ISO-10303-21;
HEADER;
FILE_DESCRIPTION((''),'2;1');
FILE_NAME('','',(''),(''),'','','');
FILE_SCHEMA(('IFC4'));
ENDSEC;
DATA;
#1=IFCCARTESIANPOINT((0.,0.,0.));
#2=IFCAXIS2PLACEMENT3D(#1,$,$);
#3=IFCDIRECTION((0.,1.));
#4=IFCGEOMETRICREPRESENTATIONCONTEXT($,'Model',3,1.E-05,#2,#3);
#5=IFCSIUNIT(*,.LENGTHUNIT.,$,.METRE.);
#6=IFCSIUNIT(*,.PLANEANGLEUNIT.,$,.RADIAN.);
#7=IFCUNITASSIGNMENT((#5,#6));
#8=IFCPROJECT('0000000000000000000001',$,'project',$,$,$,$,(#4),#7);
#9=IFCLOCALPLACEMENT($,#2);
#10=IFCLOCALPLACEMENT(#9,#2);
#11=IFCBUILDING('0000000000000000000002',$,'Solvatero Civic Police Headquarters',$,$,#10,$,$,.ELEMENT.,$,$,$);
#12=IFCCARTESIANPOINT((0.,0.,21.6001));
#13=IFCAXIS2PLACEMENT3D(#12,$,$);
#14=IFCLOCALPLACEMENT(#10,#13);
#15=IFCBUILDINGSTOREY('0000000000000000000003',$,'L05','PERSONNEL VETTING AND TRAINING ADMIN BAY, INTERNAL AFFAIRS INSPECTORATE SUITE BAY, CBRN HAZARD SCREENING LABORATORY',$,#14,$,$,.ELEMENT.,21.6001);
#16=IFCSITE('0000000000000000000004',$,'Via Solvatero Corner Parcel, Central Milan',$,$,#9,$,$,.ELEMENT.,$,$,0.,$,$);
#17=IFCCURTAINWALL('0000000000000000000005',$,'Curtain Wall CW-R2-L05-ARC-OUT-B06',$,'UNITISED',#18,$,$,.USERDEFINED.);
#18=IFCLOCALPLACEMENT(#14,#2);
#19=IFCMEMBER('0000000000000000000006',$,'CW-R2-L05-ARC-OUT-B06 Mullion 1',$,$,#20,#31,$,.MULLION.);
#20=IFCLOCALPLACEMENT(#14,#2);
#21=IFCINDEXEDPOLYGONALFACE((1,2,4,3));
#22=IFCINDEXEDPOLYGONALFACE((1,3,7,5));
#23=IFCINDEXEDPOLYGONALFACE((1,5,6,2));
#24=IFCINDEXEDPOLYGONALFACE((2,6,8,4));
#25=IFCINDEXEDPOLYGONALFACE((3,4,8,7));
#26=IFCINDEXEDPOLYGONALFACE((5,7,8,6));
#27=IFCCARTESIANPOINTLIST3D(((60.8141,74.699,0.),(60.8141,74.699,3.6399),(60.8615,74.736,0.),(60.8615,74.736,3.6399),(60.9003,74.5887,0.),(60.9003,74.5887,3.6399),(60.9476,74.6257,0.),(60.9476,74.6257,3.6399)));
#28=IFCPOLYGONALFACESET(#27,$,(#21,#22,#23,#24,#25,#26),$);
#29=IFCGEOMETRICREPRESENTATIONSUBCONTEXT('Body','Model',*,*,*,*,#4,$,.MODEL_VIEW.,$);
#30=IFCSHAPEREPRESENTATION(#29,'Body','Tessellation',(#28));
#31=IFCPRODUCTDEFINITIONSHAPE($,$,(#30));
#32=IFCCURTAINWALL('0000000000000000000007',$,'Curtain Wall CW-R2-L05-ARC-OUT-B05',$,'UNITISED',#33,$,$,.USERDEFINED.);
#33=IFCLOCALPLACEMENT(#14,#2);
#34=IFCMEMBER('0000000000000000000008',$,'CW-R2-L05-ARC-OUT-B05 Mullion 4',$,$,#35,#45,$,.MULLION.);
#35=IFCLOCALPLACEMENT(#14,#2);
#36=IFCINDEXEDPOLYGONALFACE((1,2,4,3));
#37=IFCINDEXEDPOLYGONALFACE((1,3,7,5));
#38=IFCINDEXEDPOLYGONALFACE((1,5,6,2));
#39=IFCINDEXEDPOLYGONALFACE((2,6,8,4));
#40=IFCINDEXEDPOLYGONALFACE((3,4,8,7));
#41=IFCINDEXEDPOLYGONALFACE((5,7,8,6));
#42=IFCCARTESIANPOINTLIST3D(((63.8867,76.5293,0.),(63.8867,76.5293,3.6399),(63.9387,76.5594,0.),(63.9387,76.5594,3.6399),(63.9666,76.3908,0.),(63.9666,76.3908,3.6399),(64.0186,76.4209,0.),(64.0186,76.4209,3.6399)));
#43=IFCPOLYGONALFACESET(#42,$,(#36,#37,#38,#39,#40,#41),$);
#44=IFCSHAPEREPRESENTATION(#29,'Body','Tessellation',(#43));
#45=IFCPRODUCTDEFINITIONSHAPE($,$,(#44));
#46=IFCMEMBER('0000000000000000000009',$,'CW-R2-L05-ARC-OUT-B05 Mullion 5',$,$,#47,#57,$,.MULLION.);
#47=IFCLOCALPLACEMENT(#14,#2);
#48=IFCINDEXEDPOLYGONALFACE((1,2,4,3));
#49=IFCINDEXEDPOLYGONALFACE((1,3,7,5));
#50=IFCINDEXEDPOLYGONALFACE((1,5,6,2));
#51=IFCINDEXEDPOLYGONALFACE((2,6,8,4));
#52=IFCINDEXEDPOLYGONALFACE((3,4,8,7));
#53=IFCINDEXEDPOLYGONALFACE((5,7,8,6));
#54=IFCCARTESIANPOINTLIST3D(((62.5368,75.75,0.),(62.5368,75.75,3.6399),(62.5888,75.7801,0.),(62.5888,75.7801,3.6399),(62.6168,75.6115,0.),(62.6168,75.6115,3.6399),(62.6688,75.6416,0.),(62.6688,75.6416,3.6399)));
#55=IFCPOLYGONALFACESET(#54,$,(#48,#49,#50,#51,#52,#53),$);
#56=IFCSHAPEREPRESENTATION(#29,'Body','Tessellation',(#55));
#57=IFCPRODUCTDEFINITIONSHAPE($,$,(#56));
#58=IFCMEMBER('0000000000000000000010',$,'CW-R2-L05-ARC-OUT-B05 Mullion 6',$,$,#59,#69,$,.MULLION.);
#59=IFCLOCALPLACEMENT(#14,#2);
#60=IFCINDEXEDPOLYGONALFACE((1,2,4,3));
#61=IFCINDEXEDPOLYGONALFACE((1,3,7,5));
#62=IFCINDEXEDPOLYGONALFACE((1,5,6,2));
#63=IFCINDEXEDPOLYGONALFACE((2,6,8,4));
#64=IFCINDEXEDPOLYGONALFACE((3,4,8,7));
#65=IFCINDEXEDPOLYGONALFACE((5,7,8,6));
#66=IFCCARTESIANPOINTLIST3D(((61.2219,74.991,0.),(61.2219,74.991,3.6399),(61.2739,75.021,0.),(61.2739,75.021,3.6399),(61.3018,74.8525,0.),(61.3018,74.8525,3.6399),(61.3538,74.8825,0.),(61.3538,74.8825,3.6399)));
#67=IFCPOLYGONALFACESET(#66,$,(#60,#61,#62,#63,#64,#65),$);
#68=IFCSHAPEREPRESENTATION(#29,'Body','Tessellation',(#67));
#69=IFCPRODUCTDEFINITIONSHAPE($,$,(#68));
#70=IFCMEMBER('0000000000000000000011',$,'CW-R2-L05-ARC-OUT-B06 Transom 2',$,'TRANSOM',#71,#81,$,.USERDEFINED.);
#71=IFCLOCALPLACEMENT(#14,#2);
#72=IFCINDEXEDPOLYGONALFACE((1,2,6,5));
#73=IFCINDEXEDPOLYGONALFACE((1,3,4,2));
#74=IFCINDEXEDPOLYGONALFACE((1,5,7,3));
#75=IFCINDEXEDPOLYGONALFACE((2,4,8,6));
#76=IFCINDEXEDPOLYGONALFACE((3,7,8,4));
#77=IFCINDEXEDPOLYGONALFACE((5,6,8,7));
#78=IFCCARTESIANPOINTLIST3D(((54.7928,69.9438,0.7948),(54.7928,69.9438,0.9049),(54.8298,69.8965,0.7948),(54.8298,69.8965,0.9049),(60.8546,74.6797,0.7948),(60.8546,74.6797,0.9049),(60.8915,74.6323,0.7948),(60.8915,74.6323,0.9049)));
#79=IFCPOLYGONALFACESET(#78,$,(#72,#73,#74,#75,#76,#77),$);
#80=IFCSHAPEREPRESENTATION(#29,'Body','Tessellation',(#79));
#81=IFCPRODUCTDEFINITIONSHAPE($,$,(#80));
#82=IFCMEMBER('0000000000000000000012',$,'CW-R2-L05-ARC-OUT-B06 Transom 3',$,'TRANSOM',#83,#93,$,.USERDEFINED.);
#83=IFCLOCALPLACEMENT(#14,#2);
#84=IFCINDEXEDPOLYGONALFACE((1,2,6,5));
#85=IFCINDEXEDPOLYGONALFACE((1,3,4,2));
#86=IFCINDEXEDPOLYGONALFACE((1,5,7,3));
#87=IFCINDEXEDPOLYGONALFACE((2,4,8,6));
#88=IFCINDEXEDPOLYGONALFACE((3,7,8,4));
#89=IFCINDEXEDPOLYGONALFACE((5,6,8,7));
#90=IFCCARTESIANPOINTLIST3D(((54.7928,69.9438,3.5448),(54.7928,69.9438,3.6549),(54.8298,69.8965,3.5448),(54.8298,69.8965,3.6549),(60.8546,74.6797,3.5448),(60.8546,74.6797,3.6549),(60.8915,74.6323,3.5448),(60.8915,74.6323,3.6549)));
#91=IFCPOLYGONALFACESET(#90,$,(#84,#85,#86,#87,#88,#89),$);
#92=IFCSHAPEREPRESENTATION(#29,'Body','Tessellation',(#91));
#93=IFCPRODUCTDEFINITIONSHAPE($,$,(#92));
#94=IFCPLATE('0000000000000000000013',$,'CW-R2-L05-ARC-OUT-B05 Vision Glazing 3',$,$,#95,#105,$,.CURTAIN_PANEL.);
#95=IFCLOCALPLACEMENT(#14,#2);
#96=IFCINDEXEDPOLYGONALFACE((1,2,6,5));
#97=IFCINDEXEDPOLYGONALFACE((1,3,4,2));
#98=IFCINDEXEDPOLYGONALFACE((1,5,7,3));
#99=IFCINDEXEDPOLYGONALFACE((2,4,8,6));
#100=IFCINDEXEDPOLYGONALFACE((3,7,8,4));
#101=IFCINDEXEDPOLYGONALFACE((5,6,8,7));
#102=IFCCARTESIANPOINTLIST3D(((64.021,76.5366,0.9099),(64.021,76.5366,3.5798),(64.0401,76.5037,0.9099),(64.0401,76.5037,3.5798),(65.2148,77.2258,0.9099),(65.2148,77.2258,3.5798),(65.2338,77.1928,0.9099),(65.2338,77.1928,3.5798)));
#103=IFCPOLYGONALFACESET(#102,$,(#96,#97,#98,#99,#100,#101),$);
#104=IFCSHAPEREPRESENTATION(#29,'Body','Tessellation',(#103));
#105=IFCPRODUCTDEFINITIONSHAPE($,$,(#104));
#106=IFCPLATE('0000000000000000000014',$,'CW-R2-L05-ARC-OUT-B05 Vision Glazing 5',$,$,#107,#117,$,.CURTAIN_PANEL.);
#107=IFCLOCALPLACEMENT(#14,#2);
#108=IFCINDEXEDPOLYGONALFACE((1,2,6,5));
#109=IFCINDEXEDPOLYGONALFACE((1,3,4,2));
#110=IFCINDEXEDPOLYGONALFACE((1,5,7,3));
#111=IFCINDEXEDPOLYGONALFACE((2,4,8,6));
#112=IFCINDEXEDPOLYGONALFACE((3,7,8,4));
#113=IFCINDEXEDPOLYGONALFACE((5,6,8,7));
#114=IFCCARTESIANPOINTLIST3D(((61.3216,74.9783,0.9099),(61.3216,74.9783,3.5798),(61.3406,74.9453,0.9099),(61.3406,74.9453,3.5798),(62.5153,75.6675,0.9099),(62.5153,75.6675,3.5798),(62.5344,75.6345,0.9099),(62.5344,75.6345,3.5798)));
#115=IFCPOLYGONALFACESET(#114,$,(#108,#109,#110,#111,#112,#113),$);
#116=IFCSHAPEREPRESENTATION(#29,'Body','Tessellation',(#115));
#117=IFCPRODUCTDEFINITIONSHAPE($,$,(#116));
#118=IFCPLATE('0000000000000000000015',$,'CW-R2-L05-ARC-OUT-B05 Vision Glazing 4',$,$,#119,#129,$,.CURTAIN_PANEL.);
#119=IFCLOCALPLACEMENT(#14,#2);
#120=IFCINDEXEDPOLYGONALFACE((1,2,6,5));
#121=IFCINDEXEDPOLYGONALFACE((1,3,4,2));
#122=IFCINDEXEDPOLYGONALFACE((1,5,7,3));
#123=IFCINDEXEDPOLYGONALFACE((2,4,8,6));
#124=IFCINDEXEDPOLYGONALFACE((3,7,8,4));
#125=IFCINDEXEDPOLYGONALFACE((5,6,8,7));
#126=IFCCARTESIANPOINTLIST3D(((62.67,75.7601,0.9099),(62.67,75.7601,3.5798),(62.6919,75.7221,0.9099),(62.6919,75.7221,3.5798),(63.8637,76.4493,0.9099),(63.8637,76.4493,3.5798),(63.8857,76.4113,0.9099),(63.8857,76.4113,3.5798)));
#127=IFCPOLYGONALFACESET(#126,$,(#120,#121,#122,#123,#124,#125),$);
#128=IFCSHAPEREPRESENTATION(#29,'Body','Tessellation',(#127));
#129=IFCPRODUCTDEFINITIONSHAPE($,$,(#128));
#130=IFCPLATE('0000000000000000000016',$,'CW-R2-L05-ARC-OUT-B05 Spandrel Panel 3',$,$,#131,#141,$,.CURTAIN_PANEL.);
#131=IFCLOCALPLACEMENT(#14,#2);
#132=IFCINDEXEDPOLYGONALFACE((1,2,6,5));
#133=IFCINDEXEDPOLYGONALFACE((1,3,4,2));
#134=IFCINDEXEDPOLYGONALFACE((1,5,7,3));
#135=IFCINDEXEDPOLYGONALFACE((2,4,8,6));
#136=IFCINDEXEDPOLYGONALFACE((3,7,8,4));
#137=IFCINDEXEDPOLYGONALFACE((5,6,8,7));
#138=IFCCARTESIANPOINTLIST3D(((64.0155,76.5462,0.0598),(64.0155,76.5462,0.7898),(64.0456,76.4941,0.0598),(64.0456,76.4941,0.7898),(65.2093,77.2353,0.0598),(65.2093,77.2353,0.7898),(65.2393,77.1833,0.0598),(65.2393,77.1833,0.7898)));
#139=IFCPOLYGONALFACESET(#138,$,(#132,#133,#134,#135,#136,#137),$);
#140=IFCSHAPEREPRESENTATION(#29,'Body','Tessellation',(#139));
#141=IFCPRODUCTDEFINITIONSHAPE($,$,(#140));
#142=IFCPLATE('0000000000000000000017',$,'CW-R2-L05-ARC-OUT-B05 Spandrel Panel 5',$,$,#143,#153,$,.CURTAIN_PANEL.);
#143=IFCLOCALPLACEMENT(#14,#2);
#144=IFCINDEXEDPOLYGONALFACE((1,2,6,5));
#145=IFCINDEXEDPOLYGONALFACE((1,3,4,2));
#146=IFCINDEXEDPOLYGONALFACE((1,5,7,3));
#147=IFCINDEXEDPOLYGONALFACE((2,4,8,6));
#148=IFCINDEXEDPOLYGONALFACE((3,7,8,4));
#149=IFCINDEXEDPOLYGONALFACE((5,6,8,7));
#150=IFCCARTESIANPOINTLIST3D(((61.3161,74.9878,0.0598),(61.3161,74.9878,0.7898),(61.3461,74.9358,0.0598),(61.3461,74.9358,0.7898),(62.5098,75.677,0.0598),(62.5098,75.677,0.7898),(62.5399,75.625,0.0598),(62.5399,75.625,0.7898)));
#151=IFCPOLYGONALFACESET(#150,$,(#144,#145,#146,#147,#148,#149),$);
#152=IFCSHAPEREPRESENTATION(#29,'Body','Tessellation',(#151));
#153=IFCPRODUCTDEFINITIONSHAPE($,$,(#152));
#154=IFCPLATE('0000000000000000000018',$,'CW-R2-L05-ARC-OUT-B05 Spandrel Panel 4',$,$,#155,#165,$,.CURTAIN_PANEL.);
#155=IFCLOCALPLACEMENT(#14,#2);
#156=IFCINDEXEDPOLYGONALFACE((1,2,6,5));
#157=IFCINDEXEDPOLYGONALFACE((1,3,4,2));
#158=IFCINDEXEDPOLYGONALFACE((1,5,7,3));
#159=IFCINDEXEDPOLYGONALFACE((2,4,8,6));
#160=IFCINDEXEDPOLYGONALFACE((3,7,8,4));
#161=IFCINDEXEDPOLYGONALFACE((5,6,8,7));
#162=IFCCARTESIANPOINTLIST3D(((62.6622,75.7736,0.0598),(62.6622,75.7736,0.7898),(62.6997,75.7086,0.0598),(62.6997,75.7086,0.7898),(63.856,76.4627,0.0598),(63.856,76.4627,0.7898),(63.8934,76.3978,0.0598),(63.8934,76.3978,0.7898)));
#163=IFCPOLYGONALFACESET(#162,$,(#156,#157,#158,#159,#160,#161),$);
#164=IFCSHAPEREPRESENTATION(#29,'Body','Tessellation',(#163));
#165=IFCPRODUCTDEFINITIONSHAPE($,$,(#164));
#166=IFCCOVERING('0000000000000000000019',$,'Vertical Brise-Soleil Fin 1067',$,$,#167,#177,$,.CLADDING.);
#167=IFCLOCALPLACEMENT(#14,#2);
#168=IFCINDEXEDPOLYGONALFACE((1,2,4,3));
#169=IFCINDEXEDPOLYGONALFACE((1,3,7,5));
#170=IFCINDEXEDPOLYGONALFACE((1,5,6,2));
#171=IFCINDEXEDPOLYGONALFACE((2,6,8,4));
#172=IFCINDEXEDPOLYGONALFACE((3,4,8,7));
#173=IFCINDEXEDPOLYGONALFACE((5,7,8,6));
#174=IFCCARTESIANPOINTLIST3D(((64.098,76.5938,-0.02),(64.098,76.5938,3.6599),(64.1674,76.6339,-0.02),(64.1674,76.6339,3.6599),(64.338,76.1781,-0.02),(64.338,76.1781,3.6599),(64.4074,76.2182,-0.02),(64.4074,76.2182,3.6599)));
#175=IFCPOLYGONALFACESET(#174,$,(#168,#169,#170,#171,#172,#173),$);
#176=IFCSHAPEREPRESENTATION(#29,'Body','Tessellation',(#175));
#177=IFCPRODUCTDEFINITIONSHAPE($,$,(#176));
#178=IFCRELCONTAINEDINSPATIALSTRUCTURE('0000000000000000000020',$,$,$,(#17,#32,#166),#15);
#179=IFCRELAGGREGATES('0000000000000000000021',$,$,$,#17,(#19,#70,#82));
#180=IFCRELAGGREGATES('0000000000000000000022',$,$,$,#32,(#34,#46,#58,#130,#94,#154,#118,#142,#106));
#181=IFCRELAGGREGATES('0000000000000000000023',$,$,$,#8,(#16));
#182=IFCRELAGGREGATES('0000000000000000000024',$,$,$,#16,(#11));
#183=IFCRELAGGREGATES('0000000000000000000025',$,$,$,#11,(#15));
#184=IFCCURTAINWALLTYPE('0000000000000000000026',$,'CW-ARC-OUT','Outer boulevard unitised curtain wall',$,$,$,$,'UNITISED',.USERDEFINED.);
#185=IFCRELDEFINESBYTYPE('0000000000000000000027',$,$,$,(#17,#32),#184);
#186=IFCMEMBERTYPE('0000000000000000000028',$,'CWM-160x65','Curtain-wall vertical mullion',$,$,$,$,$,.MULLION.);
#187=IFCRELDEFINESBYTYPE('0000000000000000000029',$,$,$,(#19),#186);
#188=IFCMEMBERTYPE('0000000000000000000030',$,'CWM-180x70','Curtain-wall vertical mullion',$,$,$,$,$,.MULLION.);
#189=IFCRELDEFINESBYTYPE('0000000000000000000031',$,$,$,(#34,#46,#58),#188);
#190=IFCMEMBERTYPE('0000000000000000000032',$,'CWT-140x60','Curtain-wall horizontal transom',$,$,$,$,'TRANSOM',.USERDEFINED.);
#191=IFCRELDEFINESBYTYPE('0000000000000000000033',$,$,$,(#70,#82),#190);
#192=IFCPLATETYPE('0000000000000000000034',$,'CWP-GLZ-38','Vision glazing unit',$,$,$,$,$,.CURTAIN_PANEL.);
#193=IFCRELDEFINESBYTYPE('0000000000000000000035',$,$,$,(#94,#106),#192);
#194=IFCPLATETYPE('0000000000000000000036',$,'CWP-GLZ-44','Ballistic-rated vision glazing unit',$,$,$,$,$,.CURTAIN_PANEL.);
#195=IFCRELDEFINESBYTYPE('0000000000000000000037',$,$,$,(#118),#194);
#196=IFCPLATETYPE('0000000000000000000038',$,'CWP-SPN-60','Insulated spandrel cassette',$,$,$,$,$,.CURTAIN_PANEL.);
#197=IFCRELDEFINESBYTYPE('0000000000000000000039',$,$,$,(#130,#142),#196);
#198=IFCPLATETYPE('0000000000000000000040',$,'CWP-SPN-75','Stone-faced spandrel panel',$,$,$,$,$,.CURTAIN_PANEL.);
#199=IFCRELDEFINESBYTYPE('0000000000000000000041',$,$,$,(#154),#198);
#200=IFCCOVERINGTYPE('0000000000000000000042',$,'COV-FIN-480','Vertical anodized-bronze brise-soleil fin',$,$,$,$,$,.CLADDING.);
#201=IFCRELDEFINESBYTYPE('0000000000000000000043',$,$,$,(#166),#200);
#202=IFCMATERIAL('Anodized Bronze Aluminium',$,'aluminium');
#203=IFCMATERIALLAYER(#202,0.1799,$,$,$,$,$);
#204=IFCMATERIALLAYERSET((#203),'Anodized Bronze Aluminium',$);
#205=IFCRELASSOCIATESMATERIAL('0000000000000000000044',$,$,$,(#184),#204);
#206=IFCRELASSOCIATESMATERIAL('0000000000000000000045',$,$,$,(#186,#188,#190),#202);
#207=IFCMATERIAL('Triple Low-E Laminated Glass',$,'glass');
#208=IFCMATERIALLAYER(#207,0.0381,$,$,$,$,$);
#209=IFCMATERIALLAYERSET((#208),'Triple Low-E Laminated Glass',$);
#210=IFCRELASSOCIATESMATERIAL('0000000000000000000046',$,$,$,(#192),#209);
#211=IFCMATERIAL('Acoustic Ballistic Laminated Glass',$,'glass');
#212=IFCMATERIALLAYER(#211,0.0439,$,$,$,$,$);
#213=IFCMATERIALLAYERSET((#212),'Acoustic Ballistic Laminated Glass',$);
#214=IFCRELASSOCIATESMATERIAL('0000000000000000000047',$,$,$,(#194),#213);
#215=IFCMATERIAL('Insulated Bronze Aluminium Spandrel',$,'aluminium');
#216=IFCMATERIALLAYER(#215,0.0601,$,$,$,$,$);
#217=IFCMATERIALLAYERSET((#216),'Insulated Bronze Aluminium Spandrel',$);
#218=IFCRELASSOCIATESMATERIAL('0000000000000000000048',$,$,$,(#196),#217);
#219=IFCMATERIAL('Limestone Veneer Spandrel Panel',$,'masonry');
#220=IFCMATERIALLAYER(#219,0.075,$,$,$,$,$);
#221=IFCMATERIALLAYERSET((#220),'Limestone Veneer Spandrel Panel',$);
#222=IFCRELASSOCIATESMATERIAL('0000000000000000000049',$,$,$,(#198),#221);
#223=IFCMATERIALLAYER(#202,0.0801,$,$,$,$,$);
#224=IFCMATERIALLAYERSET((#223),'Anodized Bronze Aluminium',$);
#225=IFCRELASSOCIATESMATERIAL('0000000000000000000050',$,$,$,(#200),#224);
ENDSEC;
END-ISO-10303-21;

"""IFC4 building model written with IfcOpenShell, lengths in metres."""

from ifc_helpers import new_model, si_unit, direction, frame, origin, origin_2d, place, context, subcontext, project, spatial, rectangle, extrude, material, layer, layer_set, material_profile, profile_set, type_object, element, aggregate, save


model = new_model("IFC4")

# Units and contexts
model_context = context("Model", 3, precision=1e-05, world=origin(), true_north=direction((0.0, 1.0)))
body_context = subcontext(model_context, "Body", "Model", "MODEL_VIEW")
ifc_project = project(units=[si_unit("LENGTHUNIT", "METRE"), si_unit("PLANEANGLEUNIT", "RADIAN")], contexts=[model_context])

# Site, building, storey
site_placement = place(None, origin())
site = spatial("IfcSite", under=ifc_project, at=site_placement, Name="Via Solvatero Corner Parcel, Central Milan", CompositionType="ELEMENT", RefElevation=0.0)
building_placement = place(site_placement, origin())
building = spatial("IfcBuilding", under=site, at=building_placement, Name="Solvatero Civic Police Headquarters", CompositionType="ELEMENT")
storey_placement = place(building_placement, frame((0.0, 0.0, 21.6001)))
storey = spatial("IfcBuildingStorey", under=building, at=storey_placement, Name="L05", Description="PERSONNEL VETTING AND TRAINING ADMIN BAY, INTERNAL AFFAIRS INSPECTORATE SUITE BAY, CBRN HAZARD SCREENING LABORATORY", CompositionType="ELEMENT", Elevation=21.6001)

# Curtain wall, member
ifc_material_1 = material(Name="Anodized Bronze Aluminium", Category="aluminium")
ifc_layer_1 = layer(ifc_material_1, 0.1799)
ifc_layer_set_1 = layer_set([ifc_layer_1], Name="Anodized Bronze Aluminium")
curtain_wall_type = type_object("IfcCurtainWallType", Name="CW-ARC-OUT", Description="Outer boulevard unitised curtain wall", ElementType="UNITISED", PredefinedType="USERDEFINED", material=ifc_layer_set_1)
curtain_wall_1_placement = place(storey_placement, origin())
curtain_wall_1 = element("IfcCurtainWall", 1, at=curtain_wall_1_placement, inside=storey, type_object=curtain_wall_type, Name="Curtain Wall CW-R2-L05-ARC-OUT-B06", ObjectType="UNITISED", PredefinedType="USERDEFINED")
ifc_material_profile_1 = material_profile(ifc_material_1, rectangle(XDim=0.0601, YDim=0.1399, at=origin_2d()), Name="ALU MULLION 60x140")
ifc_profile_set_1 = profile_set([ifc_material_profile_1], Name="Anodized Bronze Aluminium")
member_type_1 = type_object("IfcMemberType", Name="CWM-160x65", Description="Curtain-wall vertical mullion", PredefinedType="MULLION", material=ifc_profile_set_1)
member_1_placement = place(storey_placement, frame((60.8809, 74.6624, 0.0), z_axis=(0.0, 0.0, 1.0), x_axis=(-0.788011, -0.615661, 0.0)))
member_1 = element("IfcMember", 2, at=member_1_placement, type_object=member_type_1, Name="CW-R2-L05-ARC-OUT-B06 Mullion 1", PredefinedType="MULLION", context=body_context, shape_type="SweptSolid", body=[
    extrude(rectangle(XDim=0.0601, YDim=0.1399, at=origin_2d()), origin(), (0.0, 0.0, 1.0), 3.6399),
])

# Curtain wall, members
curtain_wall_2_placement = place(storey_placement, origin())
curtain_wall_2 = element("IfcCurtainWall", 3, at=curtain_wall_2_placement, inside=storey, type_object=curtain_wall_type, Name="Curtain Wall CW-R2-L05-ARC-OUT-B05", ObjectType="UNITISED", PredefinedType="USERDEFINED")
ifc_material_profile_2 = material_profile(ifc_material_1, rectangle(XDim=0.0601, YDim=0.1599, at=origin_2d()), Name="ALU MULLION 60x160")
ifc_profile_set_2 = profile_set([ifc_material_profile_2], Name="Anodized Bronze Aluminium")
member_type_2 = type_object("IfcMemberType", Name="CWM-180x70", Description="Curtain-wall vertical mullion", PredefinedType="MULLION", material=ifc_profile_set_2)
member_2_placement = place(storey_placement, frame((63.9526, 76.4751, 0.0), z_axis=(0.0, 0.0, 1.0), x_axis=(-0.866034, -0.499985, 0.0)))
member_2 = element("IfcMember", 4, at=member_2_placement, type_object=member_type_2, Name="CW-R2-L05-ARC-OUT-B05 Mullion 4", PredefinedType="MULLION", context=body_context, shape_type="SweptSolid", body=[
    extrude(rectangle(XDim=0.0601, YDim=0.1599, at=origin_2d()), origin(), (0.0, 0.0, 1.0), 3.6399),
])
member_3_placement = place(storey_placement, frame((62.6028, 75.6958, 0.0), z_axis=(0.0, 0.0, 1.0), x_axis=(-0.866034, -0.499985, 0.0)))
member_3 = element("IfcMember", 5, at=member_3_placement, type_object=member_type_2, Name="CW-R2-L05-ARC-OUT-B05 Mullion 5", PredefinedType="MULLION", context=body_context, shape_type="SweptSolid", body=[
    extrude(rectangle(XDim=0.0601, YDim=0.1599, at=origin_2d()), origin(), (0.0, 0.0, 1.0), 3.6399),
])
member_4_placement = place(storey_placement, frame((61.2878, 74.9368, 0.0), z_axis=(0.0, 0.0, 1.0), x_axis=(-0.866034, -0.499985, 0.0)))
member_4 = element("IfcMember", 6, at=member_4_placement, type_object=member_type_2, Name="CW-R2-L05-ARC-OUT-B05 Mullion 6", PredefinedType="MULLION", context=body_context, shape_type="SweptSolid", body=[
    extrude(rectangle(XDim=0.0601, YDim=0.1599, at=origin_2d()), origin(), (0.0, 0.0, 1.0), 3.6399),
])

# Members
ifc_material_profile_3 = material_profile(ifc_material_1, rectangle(XDim=0.0601, YDim=0.1101, at=origin_2d()), Name="ALU TRANSOM 60x110")
ifc_profile_set_3 = profile_set([ifc_material_profile_3], Name="Anodized Bronze Aluminium")
member_type_3 = type_object("IfcMemberType", Name="CWT-140x60", Description="Curtain-wall horizontal transom", ElementType="TRANSOM", PredefinedType="USERDEFINED", material=ifc_profile_set_3)
member_5_placement = place(storey_placement, frame((60.873, 74.656, 0.8499), z_axis=(-0.788019, -0.615651, 0.0), x_axis=(0.615651, -0.788019, 0.0)))
member_5 = element("IfcMember", 7, at=member_5_placement, type_object=member_type_3, Name="CW-R2-L05-ARC-OUT-B06 Transom 2", ObjectType="TRANSOM", PredefinedType="USERDEFINED", context=body_context, shape_type="SweptSolid", body=[
    extrude(rectangle(XDim=0.0601, YDim=0.1101, at=origin_2d()), origin(), (0.0, 0.0, 1.0), 7.6924),
])
member_6_placement = place(storey_placement, frame((60.873, 74.656, 3.5999), z_axis=(-0.788019, -0.615651, 0.0), x_axis=(0.615651, -0.788019, 0.0)))
member_6 = element("IfcMember", 8, at=member_6_placement, type_object=member_type_3, Name="CW-R2-L05-ARC-OUT-B06 Transom 3", ObjectType="TRANSOM", PredefinedType="USERDEFINED", context=body_context, shape_type="SweptSolid", body=[
    extrude(rectangle(XDim=0.0601, YDim=0.1101, at=origin_2d()), origin(), (0.0, 0.0, 1.0), 7.6924),
])
aggregate(curtain_wall_1, [member_1, member_5, member_6])

# Plates
ifc_material_2 = material(Name="Triple Low-E Laminated Glass", Category="glass")
ifc_layer_2 = layer(ifc_material_2, 0.0381)
ifc_layer_set_2 = layer_set([ifc_layer_2], Name="Triple Low-E Laminated Glass")
plate_type_1 = type_object("IfcPlateType", Name="CWP-GLZ-38", Description="Vision glazing unit", PredefinedType="CURTAIN_PANEL", material=ifc_layer_set_2)
plate_1_placement = place(storey_placement, frame((64.6274, 76.8647, 0.9099), z_axis=(0.0, 0.0, 1.0), x_axis=(-0.866034, -0.499985, 0.0)))
plate_1 = element("IfcPlate", 9, at=plate_1_placement, type_object=plate_type_1, Name="CW-R2-L05-ARC-OUT-B05 Vision Glazing 3", PredefinedType="CURTAIN_PANEL", context=body_context, shape_type="SweptSolid", body=[
    extrude(rectangle(XDim=1.3784, YDim=0.0381, at=origin_2d()), origin(), (0.0, 0.0, 1.0), 2.6699),
])
plate_2_placement = place(storey_placement, frame((61.928, 75.3064, 0.9099), z_axis=(0.0, 0.0, 1.0), x_axis=(-0.866034, -0.499985, 0.0)))
plate_2 = element("IfcPlate", 10, at=plate_2_placement, type_object=plate_type_1, Name="CW-R2-L05-ARC-OUT-B05 Vision Glazing 5", PredefinedType="CURTAIN_PANEL", context=body_context, shape_type="SweptSolid", body=[
    extrude(rectangle(XDim=1.3784, YDim=0.0381, at=origin_2d()), origin(), (0.0, 0.0, 1.0), 2.6699),
])
ifc_material_3 = material(Name="Acoustic Ballistic Laminated Glass", Category="glass")
ifc_layer_3 = layer(ifc_material_3, 0.0439)
ifc_layer_set_3 = layer_set([ifc_layer_3], Name="Acoustic Ballistic Laminated Glass")
plate_type_2 = type_object("IfcPlateType", Name="CWP-GLZ-44", Description="Ballistic-rated vision glazing unit", PredefinedType="CURTAIN_PANEL", material=ifc_layer_set_3)
plate_3_placement = place(storey_placement, frame((63.2778, 76.0857, 0.9099), z_axis=(0.0, 0.0, 1.0), x_axis=(-0.866034, -0.499985, 0.0)))
plate_3 = element("IfcPlate", 11, at=plate_3_placement, type_object=plate_type_2, Name="CW-R2-L05-ARC-OUT-B05 Vision Glazing 4", PredefinedType="CURTAIN_PANEL", context=body_context, shape_type="SweptSolid", body=[
    extrude(rectangle(XDim=1.3784, YDim=0.0439, at=origin_2d()), origin(), (0.0, 0.0, 1.0), 2.6699),
])
ifc_material_4 = material(Name="Insulated Bronze Aluminium Spandrel", Category="aluminium")
ifc_layer_4 = layer(ifc_material_4, 0.0601)
ifc_layer_set_4 = layer_set([ifc_layer_4], Name="Insulated Bronze Aluminium Spandrel")
plate_type_3 = type_object("IfcPlateType", Name="CWP-SPN-60", Description="Insulated spandrel cassette", PredefinedType="CURTAIN_PANEL", material=ifc_layer_set_4)
plate_4_placement = place(storey_placement, frame((64.6274, 76.8647, 0.0598), z_axis=(0.0, 0.0, 1.0), x_axis=(-0.866034, -0.499985, 0.0)))
plate_4 = element("IfcPlate", 12, at=plate_4_placement, type_object=plate_type_3, Name="CW-R2-L05-ARC-OUT-B05 Spandrel Panel 3", PredefinedType="CURTAIN_PANEL", context=body_context, shape_type="SweptSolid", body=[
    extrude(rectangle(XDim=1.3784, YDim=0.0601, at=origin_2d()), origin(), (0.0, 0.0, 1.0), 0.73),
])
plate_5_placement = place(storey_placement, frame((61.928, 75.3064, 0.0598), z_axis=(0.0, 0.0, 1.0), x_axis=(-0.866034, -0.499985, 0.0)))
plate_5 = element("IfcPlate", 13, at=plate_5_placement, type_object=plate_type_3, Name="CW-R2-L05-ARC-OUT-B05 Spandrel Panel 5", PredefinedType="CURTAIN_PANEL", context=body_context, shape_type="SweptSolid", body=[
    extrude(rectangle(XDim=1.3784, YDim=0.0601, at=origin_2d()), origin(), (0.0, 0.0, 1.0), 0.73),
])
ifc_material_5 = material(Name="Limestone Veneer Spandrel Panel", Category="masonry")
ifc_layer_5 = layer(ifc_material_5, 0.075)
ifc_layer_set_5 = layer_set([ifc_layer_5], Name="Limestone Veneer Spandrel Panel")
plate_type_4 = type_object("IfcPlateType", Name="CWP-SPN-75", Description="Stone-faced spandrel panel", PredefinedType="CURTAIN_PANEL", material=ifc_layer_set_5)
plate_6_placement = place(storey_placement, frame((63.2778, 76.0857, 0.0598), z_axis=(0.0, 0.0, 1.0), x_axis=(-0.866034, -0.499985, 0.0)))
plate_6 = element("IfcPlate", 14, at=plate_6_placement, type_object=plate_type_4, Name="CW-R2-L05-ARC-OUT-B05 Spandrel Panel 4", PredefinedType="CURTAIN_PANEL", context=body_context, shape_type="SweptSolid", body=[
    extrude(rectangle(XDim=1.3784, YDim=0.075, at=origin_2d()), origin(), (0.0, 0.0, 1.0), 0.73),
])
aggregate(curtain_wall_2, [member_2, member_3, member_4, plate_4, plate_1, plate_6, plate_3, plate_5, plate_2])

# Covering
ifc_layer_6 = layer(ifc_material_1, 0.0801)
ifc_layer_set_6 = layer_set([ifc_layer_6], Name="Anodized Bronze Aluminium")
covering_type = type_object("IfcCoveringType", Name="COV-FIN-480", Description="Vertical anodized-bronze brise-soleil fin", PredefinedType="CLADDING", material=ifc_layer_set_6)
for number, where, z_axis, x_axis, name in (
    (15, (64.2527, 76.406, -0.02), (0.0, 0.0, 1.0), (-0.866034, -0.499985, 0.0), "Vertical Brise-Soleil Fin 1067"),
):
    element("IfcCovering", number, at=place(storey_placement, frame(where, z_axis=z_axis, x_axis=x_axis)), inside=storey, type_object=covering_type, Name=name, PredefinedType="CLADDING", context=body_context, shape_type="SweptSolid", body=[
        extrude(rectangle(XDim=0.0801, YDim=0.48, at=origin_2d()), origin(), (0.0, 0.0, 1.0), 3.6799),
    ])

save(model, "model.ifc")
